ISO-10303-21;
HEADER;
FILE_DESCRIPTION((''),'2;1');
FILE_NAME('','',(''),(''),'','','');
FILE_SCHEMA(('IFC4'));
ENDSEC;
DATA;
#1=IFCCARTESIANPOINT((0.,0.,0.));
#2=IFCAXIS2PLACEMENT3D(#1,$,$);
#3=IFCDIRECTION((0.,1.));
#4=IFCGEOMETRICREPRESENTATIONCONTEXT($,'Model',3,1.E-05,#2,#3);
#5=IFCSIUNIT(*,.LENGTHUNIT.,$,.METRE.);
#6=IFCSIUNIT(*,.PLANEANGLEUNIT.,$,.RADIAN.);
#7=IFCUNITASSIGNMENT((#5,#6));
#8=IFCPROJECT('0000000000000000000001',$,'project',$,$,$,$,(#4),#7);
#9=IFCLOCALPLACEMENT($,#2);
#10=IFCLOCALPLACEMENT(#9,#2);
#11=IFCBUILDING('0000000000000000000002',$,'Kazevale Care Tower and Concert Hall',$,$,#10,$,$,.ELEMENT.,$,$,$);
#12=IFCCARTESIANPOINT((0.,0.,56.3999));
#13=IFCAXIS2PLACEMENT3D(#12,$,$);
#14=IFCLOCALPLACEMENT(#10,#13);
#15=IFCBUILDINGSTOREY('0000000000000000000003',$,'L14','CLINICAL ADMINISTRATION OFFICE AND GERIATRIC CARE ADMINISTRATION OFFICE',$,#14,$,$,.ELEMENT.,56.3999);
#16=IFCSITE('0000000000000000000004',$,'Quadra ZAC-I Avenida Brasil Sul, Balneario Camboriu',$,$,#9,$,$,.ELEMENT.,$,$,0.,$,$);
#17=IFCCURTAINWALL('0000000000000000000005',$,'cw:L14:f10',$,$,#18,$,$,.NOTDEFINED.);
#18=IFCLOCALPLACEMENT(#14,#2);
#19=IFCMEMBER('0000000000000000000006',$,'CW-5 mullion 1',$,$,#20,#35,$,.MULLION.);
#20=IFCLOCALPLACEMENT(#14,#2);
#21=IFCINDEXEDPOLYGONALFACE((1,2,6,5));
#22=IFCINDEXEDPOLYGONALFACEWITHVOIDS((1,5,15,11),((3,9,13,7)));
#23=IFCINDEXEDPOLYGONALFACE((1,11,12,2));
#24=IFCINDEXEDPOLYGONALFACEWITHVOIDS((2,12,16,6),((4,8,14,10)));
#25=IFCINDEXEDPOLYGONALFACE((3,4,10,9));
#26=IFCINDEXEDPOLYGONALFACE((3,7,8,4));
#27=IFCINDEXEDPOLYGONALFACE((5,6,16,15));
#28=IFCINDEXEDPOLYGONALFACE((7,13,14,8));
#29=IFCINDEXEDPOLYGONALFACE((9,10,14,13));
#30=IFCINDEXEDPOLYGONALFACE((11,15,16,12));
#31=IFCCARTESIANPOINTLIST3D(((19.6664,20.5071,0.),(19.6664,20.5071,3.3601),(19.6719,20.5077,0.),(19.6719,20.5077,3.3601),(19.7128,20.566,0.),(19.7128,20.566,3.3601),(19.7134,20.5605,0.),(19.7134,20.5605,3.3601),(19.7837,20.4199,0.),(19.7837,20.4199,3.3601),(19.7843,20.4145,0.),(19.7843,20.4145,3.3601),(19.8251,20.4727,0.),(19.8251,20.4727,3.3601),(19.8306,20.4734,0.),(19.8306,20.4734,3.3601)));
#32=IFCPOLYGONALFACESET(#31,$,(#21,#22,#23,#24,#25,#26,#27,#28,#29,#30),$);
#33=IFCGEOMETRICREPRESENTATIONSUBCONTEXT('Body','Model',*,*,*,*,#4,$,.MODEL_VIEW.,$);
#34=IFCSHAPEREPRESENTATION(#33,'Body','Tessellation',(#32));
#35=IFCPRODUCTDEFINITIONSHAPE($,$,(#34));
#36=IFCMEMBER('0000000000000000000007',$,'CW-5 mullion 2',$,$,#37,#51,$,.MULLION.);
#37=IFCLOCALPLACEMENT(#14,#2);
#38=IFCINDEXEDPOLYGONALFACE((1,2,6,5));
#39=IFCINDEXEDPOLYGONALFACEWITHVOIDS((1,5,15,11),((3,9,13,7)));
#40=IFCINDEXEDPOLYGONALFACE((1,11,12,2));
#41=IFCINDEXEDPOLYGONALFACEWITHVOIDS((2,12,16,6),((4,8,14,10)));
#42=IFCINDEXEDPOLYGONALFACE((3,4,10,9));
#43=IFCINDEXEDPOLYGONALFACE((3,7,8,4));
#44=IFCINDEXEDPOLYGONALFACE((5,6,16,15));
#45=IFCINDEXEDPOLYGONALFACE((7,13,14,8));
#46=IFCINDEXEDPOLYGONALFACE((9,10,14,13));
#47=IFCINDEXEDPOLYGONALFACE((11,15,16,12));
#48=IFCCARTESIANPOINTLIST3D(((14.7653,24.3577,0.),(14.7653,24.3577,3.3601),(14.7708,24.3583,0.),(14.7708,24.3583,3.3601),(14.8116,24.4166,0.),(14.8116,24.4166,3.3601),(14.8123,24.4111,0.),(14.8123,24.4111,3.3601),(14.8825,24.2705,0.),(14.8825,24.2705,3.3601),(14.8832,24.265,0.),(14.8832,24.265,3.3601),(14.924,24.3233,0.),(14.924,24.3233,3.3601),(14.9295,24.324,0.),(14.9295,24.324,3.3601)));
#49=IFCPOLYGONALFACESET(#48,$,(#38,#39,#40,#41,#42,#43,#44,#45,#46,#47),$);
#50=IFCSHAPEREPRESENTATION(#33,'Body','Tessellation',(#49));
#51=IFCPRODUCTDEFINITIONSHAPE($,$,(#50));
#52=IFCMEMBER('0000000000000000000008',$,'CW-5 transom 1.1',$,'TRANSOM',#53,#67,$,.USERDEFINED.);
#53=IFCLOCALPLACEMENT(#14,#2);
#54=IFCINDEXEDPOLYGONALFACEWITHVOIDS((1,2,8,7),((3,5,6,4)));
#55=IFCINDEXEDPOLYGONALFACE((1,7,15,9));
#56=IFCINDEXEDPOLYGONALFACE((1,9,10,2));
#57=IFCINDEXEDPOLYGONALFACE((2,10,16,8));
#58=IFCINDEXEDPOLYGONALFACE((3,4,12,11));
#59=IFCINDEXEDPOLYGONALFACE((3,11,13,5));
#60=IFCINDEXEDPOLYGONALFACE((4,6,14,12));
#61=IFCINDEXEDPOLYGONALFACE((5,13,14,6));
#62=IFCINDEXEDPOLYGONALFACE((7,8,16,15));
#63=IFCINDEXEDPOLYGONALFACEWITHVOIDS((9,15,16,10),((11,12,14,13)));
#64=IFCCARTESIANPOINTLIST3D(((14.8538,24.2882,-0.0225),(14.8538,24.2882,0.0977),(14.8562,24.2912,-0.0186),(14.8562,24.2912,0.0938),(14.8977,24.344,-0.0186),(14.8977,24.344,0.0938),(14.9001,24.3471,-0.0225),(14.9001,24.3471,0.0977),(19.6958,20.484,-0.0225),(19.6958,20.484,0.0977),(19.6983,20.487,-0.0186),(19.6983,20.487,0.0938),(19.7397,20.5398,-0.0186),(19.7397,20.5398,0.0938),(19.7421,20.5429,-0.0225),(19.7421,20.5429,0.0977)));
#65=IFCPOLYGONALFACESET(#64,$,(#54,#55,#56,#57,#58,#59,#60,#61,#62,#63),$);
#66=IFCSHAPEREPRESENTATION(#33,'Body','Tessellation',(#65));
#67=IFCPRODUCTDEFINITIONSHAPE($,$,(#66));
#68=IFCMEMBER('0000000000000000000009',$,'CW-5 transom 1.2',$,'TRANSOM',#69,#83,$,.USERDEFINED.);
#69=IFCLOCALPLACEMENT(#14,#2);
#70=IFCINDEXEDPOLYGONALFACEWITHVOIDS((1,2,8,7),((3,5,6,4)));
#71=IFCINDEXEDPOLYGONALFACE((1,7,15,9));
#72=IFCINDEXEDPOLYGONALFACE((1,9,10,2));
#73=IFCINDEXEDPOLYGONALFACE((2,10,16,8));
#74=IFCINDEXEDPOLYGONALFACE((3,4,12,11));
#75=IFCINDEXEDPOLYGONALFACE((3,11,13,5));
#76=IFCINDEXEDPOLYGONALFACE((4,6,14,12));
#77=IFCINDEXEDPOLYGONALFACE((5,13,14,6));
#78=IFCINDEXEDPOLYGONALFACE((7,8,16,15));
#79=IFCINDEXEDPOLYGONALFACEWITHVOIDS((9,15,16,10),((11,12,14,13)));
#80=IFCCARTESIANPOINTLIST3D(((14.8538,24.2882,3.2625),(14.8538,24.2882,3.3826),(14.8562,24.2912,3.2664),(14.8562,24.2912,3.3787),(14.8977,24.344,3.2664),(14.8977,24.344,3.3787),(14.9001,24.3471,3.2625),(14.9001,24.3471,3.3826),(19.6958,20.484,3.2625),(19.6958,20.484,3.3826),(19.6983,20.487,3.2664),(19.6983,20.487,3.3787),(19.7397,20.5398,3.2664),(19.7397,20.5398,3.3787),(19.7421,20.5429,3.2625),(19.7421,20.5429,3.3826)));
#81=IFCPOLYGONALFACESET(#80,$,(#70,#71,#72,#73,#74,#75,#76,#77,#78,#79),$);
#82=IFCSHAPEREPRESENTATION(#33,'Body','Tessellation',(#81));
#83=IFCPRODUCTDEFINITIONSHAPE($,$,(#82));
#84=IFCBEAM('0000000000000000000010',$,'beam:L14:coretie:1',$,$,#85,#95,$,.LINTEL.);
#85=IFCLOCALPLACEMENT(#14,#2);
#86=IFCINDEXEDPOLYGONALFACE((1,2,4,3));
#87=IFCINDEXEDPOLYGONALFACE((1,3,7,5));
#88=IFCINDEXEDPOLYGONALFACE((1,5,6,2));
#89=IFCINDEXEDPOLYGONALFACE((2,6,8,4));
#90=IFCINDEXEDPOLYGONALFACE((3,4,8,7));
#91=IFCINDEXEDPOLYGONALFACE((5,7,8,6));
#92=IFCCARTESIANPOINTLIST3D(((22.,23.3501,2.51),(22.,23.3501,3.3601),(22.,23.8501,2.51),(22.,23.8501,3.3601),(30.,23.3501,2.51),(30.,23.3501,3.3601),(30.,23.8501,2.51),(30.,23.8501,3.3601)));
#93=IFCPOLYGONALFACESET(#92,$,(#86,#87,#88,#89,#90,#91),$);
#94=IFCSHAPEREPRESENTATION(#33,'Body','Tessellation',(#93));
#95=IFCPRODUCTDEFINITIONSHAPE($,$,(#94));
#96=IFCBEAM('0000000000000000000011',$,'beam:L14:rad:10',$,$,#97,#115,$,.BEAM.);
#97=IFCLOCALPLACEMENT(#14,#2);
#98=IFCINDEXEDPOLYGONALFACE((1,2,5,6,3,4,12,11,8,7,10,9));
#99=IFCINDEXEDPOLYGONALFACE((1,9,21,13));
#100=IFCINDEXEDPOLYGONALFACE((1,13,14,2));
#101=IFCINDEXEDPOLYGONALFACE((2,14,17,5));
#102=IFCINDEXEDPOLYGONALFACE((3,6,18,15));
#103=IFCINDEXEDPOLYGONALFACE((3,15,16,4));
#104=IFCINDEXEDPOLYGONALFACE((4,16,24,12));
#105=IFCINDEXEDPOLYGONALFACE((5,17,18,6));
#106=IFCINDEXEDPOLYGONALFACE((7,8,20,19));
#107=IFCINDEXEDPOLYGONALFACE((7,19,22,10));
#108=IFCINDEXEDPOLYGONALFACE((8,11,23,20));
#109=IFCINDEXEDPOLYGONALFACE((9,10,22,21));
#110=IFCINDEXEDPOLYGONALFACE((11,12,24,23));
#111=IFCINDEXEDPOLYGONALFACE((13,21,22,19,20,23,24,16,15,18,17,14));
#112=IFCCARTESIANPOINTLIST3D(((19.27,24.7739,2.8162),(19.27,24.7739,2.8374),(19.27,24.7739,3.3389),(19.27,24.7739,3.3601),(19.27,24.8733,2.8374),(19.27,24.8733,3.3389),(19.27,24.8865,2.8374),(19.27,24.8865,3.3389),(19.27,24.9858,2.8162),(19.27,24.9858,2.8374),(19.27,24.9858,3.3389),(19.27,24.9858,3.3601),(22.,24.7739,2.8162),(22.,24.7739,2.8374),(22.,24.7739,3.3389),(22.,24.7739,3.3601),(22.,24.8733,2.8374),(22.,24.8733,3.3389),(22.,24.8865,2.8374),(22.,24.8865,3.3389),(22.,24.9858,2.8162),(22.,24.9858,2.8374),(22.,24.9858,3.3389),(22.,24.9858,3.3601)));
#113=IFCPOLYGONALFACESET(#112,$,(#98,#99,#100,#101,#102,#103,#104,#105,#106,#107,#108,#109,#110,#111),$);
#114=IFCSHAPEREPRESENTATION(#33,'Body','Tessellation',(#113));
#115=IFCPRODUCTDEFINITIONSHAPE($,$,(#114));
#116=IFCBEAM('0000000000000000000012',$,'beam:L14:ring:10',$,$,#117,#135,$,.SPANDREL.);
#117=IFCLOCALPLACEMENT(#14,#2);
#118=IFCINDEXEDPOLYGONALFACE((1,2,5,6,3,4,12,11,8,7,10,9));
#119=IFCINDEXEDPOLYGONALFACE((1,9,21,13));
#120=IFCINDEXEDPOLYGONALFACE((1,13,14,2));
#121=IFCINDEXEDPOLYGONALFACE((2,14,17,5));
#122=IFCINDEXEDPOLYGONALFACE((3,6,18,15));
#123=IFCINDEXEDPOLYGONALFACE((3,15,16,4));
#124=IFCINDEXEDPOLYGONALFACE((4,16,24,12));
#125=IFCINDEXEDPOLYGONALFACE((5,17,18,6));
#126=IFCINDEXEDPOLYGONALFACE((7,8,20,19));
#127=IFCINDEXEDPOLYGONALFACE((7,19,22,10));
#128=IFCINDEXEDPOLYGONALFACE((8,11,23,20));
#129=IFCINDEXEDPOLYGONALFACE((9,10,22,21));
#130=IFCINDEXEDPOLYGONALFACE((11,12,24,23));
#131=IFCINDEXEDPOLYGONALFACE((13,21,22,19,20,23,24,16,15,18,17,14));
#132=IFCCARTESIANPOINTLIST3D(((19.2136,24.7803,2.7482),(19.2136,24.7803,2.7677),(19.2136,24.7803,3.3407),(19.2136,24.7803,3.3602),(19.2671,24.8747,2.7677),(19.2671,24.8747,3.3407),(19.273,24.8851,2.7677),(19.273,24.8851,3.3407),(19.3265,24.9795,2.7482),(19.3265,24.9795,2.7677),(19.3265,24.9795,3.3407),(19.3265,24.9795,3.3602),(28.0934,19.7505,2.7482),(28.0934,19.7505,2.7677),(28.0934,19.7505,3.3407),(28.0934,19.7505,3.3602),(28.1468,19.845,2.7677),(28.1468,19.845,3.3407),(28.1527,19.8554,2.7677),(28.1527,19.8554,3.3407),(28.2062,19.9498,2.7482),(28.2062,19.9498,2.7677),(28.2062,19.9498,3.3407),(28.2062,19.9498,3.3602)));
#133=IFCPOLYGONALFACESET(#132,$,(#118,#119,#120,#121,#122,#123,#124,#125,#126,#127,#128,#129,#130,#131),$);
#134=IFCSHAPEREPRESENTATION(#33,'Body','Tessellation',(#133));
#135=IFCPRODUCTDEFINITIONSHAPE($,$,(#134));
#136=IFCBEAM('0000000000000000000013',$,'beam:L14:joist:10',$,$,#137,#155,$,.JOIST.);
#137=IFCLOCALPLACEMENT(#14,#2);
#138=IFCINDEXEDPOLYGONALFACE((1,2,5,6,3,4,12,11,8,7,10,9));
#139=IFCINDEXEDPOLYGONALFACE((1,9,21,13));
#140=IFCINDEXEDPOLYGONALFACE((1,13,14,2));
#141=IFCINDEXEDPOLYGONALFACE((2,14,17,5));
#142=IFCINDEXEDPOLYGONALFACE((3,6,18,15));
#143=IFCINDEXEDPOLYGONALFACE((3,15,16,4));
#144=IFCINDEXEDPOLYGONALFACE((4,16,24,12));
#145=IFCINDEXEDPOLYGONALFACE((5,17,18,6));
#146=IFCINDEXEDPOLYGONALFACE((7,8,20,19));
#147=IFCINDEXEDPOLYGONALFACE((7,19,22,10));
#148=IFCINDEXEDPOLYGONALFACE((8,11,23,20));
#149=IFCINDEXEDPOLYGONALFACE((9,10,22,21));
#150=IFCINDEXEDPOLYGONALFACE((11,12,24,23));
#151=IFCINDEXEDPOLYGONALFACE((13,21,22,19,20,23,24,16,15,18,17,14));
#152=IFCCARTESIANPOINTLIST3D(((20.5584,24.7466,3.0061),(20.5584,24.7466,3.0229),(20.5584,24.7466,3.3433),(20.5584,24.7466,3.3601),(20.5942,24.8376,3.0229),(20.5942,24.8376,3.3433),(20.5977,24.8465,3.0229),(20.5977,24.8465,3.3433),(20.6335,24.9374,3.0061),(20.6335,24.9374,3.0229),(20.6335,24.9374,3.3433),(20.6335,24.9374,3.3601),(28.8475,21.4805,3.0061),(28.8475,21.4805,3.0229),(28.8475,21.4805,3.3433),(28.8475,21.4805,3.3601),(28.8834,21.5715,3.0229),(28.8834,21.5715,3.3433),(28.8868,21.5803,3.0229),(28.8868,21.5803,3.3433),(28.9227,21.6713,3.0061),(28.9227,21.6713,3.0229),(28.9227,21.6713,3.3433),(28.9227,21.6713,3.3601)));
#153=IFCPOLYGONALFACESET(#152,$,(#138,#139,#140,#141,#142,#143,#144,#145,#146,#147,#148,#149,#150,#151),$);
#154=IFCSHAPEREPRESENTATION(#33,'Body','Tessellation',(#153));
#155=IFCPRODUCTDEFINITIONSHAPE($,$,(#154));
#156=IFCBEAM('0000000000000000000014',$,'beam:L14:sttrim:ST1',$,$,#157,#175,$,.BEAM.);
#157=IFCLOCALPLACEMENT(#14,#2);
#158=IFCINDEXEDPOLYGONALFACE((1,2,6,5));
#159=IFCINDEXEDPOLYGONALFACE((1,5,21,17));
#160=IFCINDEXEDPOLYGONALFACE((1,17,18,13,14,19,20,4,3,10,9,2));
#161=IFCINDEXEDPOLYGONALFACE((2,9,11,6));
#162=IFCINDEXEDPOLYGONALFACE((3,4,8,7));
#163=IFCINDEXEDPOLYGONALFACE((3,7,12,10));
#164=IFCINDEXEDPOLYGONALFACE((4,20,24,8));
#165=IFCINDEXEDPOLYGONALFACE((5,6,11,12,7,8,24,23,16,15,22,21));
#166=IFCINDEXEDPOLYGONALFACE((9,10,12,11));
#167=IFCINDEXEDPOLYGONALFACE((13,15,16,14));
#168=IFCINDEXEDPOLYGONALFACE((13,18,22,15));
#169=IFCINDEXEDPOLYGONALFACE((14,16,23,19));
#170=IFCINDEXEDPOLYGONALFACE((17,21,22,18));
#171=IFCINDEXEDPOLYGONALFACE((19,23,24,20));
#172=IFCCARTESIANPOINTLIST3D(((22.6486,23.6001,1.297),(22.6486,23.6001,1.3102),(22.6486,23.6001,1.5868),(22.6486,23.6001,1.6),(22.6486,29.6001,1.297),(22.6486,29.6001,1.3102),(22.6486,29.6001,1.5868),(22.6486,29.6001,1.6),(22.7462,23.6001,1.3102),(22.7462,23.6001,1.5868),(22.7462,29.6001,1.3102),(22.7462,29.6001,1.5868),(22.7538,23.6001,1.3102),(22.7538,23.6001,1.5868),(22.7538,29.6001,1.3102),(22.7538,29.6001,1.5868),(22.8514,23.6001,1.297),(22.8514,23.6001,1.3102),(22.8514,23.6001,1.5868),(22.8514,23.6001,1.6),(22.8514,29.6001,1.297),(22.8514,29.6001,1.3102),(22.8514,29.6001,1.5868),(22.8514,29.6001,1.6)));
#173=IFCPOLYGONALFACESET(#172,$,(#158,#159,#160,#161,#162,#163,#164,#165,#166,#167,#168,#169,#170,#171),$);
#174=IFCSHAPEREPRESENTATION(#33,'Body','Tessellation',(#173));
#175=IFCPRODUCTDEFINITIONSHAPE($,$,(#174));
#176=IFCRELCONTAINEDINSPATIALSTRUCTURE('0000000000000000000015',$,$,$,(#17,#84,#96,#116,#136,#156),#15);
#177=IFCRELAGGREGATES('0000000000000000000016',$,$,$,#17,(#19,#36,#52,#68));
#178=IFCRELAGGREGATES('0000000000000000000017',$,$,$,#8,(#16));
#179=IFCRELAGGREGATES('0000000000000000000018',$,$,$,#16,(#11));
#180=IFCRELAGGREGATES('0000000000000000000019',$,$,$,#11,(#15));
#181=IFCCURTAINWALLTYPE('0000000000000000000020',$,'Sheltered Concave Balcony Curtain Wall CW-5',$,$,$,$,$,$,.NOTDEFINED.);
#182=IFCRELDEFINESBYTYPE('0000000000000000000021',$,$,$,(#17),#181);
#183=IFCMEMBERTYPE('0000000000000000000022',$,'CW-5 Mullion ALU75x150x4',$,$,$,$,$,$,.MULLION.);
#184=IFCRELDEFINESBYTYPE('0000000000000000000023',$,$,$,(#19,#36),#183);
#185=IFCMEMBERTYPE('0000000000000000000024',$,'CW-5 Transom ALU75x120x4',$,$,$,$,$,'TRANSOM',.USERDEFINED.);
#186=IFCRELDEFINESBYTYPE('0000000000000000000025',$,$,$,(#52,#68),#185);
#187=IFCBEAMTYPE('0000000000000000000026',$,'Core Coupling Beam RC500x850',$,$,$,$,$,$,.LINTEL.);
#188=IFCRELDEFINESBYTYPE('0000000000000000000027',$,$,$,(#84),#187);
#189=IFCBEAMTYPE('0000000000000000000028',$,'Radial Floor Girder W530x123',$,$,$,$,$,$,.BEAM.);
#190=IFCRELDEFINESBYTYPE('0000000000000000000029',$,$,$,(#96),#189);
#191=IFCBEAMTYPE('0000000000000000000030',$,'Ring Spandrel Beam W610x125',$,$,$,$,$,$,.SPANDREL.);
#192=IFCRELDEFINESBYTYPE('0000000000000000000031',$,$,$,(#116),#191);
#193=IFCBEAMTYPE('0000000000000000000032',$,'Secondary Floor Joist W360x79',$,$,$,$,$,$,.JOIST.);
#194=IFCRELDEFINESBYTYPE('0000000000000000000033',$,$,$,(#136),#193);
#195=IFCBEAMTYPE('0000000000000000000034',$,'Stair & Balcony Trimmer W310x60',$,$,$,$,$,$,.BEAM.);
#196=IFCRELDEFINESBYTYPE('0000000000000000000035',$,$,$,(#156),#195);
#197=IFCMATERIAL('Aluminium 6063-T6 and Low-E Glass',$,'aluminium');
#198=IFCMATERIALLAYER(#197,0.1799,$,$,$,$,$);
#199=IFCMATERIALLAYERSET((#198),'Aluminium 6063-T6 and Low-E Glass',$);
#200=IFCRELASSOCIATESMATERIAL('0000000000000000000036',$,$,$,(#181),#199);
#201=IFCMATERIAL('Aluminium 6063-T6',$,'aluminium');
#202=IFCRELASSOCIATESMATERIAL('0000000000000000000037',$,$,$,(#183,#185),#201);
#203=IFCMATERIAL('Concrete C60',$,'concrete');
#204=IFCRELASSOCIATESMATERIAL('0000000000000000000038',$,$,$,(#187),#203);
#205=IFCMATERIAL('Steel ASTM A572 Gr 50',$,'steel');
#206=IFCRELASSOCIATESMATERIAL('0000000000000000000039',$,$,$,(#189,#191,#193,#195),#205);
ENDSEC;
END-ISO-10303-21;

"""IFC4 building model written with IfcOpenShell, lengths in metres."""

from ifc_helpers import new_model, si_unit, direction, frame, origin, origin_2d, place, context, subcontext, project, spatial, rectangle, hollow_rectangle, i_section, extrude, material, layer, layer_set, material_profile, profile_set, type_object, element, aggregate, save


model = new_model("IFC4")

# Units and contexts
model_context = context("Model", 3, precision=1e-05, world=origin(), true_north=direction((0.0, 1.0)))
body_context = subcontext(model_context, "Body", "Model", "MODEL_VIEW")
ifc_project = project(units=[si_unit("LENGTHUNIT", "METRE"), si_unit("PLANEANGLEUNIT", "RADIAN")], contexts=[model_context])

# Site, building, storey
site_placement = place(None, origin())
site = spatial("IfcSite", under=ifc_project, at=site_placement, Name="Quadra ZAC-I Avenida Brasil Sul, Balneario Camboriu", CompositionType="ELEMENT", RefElevation=0.0)
building_placement = place(site_placement, origin())
building = spatial("IfcBuilding", under=site, at=building_placement, Name="Kazevale Care Tower and Concert Hall", CompositionType="ELEMENT")
storey_placement = place(building_placement, frame((0.0, 0.0, 56.3999)))
storey = spatial("IfcBuildingStorey", under=building, at=storey_placement, Name="L14", Description="CLINICAL ADMINISTRATION OFFICE AND GERIATRIC CARE ADMINISTRATION OFFICE", CompositionType="ELEMENT", Elevation=56.3999)

# Shared definitions
ifc_material_1 = material(Name="Aluminium 6063-T6 and Low-E Glass", Category="aluminium")
ifc_material_2 = material(Name="Aluminium 6063-T6", Category="aluminium")

# Shared definitions
ifc_layer_1 = layer(ifc_material_1, 0.1799)
ifc_layer_set_1 = layer_set([ifc_layer_1], Name="Aluminium 6063-T6 and Low-E Glass")
curtain_wall_type_1 = type_object("IfcCurtainWallType", Name="Sheltered Concave Balcony Curtain Wall CW-5", PredefinedType="NOTDEFINED", material=ifc_layer_set_1)
ifc_material_profile_1 = material_profile(ifc_material_2, hollow_rectangle(XDim=0.075, YDim=0.1499, WallThickness=0.0039, at=origin_2d()), Name="ALU75x150x4")
ifc_profile_set_1 = profile_set([ifc_material_profile_1], Name="Aluminium 6063-T6")
member_type_1 = type_object("IfcMemberType", Name="CW-5 Mullion ALU75x150x4", PredefinedType="MULLION", material=ifc_profile_set_1)

# Curtain wall, members
curtain_wall_1_placement = place(storey_placement, origin())
curtain_wall_1 = element("IfcCurtainWall", 1, at=curtain_wall_1_placement, inside=storey, type_object=curtain_wall_type_1, Name="cw:L14:f10", PredefinedType="NOTDEFINED")
member_1_placement = place(storey_placement, frame((19.7485, 20.4902, 0.0), z_axis=(0.0, 0.0, 1.0), x_axis=(-0.617808, -0.786329, 0.0)))
member_1 = element("IfcMember", 2, at=member_1_placement, type_object=member_type_1, Name="CW-5 mullion 1", PredefinedType="MULLION", context=body_context, shape_type="SweptSolid", body=[
    extrude(hollow_rectangle(XDim=0.075, YDim=0.1499, WallThickness=0.0039, at=origin_2d()), origin(), (0.0, 0.0, 1.0), 3.3601),
])
member_2_placement = place(storey_placement, frame((14.8474, 24.3408, 0.0), z_axis=(0.0, 0.0, 1.0), x_axis=(-0.617808, -0.786329, 0.0)))
member_2 = element("IfcMember", 3, at=member_2_placement, type_object=member_type_1, Name="CW-5 mullion 2", PredefinedType="MULLION", context=body_context, shape_type="SweptSolid", body=[
    extrude(hollow_rectangle(XDim=0.075, YDim=0.1499, WallThickness=0.0039, at=origin_2d()), origin(), (0.0, 0.0, 1.0), 3.3601),
])
ifc_material_profile_2 = material_profile(ifc_material_2, hollow_rectangle(XDim=0.075, YDim=0.1201, WallThickness=0.0039, at=origin_2d()), Name="ALU75x120x4")
ifc_profile_set_2 = profile_set([ifc_material_profile_2], Name="Aluminium 6063-T6")
member_type_2 = type_object("IfcMemberType", Name="CW-5 Transom ALU75x120x4", ElementType="TRANSOM", PredefinedType="USERDEFINED", material=ifc_profile_set_2)
member_3_placement = place(storey_placement, frame((19.719, 20.5134, 0.0376), z_axis=(-0.786339, 0.617795, 0.0), x_axis=(-0.617795, -0.786339, 0.0)))
member_3 = element("IfcMember", 4, at=member_3_placement, type_object=member_type_2, Name="CW-5 transom 1.1", ObjectType="TRANSOM", PredefinedType="USERDEFINED", context=body_context, shape_type="SweptSolid", body=[
    extrude(hollow_rectangle(XDim=0.075, YDim=0.1201, WallThickness=0.0039, at=origin_2d()), origin(), (0.0, 0.0, 1.0), 6.1577),
])
member_4_placement = place(storey_placement, frame((19.719, 20.5134, 3.3225), z_axis=(-0.786339, 0.617795, 0.0), x_axis=(-0.617795, -0.786339, 0.0)))
member_4 = element("IfcMember", 5, at=member_4_placement, type_object=member_type_2, Name="CW-5 transom 1.2", ObjectType="TRANSOM", PredefinedType="USERDEFINED", context=body_context, shape_type="SweptSolid", body=[
    extrude(hollow_rectangle(XDim=0.075, YDim=0.1201, WallThickness=0.0039, at=origin_2d()), origin(), (0.0, 0.0, 1.0), 6.1577),
])

# Beams
ifc_material_3 = material(Name="Concrete C60", Category="concrete")
ifc_material_profile_3 = material_profile(ifc_material_3, rectangle(XDim=0.5, YDim=0.8501, at=origin_2d()), Name="RC-B500x850")
ifc_profile_set_3 = profile_set([ifc_material_profile_3], Name="Concrete C60")
beam_type_1 = type_object("IfcBeamType", Name="Core Coupling Beam RC500x850", PredefinedType="LINTEL", material=ifc_profile_set_3)
beam_1_placement = place(storey_placement, frame((22.0, 23.6001, 2.9351), z_axis=(1.0, 0.0, 0.0), x_axis=(0.0, 1.0, 0.0)))
element("IfcBeam", 6, at=beam_1_placement, inside=storey, type_object=beam_type_1, Name="beam:L14:coretie:1", PredefinedType="LINTEL", context=body_context, shape_type="SweptSolid", body=[
    extrude(rectangle(XDim=0.5, YDim=0.8501, at=origin_2d()), origin(), (0.0, 0.0, 1.0), 8.0),
])
ifc_material_4 = material(Name="Steel ASTM A572 Gr 50", Category="steel")
ifc_material_profile_4 = material_profile(ifc_material_4, i_section(OverallWidth=0.2119, OverallDepth=0.5439, WebThickness=0.0132, FlangeThickness=0.0212, at=origin_2d()), Name="W530x123")
ifc_profile_set_4 = profile_set([ifc_material_profile_4], Name="Steel ASTM A572 Gr 50")
beam_type_2 = type_object("IfcBeamType", Name="Radial Floor Girder W530x123", PredefinedType="BEAM", material=ifc_profile_set_4)
beam_2_placement = place(storey_placement, frame((22.0, 24.8799, 3.0881), z_axis=(-1.0, 0.0, 0.0), x_axis=(0.0, -1.0, 0.0)))
element("IfcBeam", 7, at=beam_2_placement, inside=storey, type_object=beam_type_2, Name="beam:L14:rad:10", PredefinedType="BEAM", context=body_context, shape_type="SweptSolid", body=[
    extrude(i_section(OverallWidth=0.2119, OverallDepth=0.5439, WebThickness=0.0132, FlangeThickness=0.0212, at=origin_2d()), origin(), (0.0, 0.0, 1.0), 2.73),
])
ifc_material_profile_5 = material_profile(ifc_material_4, i_section(OverallWidth=0.229, OverallDepth=0.6121, WebThickness=0.012, FlangeThickness=0.0195, at=origin_2d()), Name="W610x125")
ifc_profile_set_5 = profile_set([ifc_material_profile_5], Name="Steel ASTM A572 Gr 50")
beam_type_3 = type_object("IfcBeamType", Name="Ring Spandrel Beam W610x125", PredefinedType="SPANDREL", material=ifc_profile_set_5)
beam_3_placement = place(storey_placement, frame((19.27, 24.8799, 3.0542), z_axis=(0.870112, -0.492853, 0.0), x_axis=(0.492853, 0.870112, 0.0)))
element("IfcBeam", 8, at=beam_3_placement, inside=storey, type_object=beam_type_3, Name="beam:L14:ring:10", PredefinedType="SPANDREL", context=body_context, shape_type="SweptSolid", body=[
    extrude(i_section(OverallWidth=0.229, OverallDepth=0.6121, WebThickness=0.012, FlangeThickness=0.0195, at=origin_2d()), origin(), (0.0, 0.0, 1.0), 10.2053),
])
ifc_material_profile_6 = material_profile(ifc_material_4, i_section(OverallWidth=0.2051, OverallDepth=0.354, WebThickness=0.0095, FlangeThickness=0.0168, at=origin_2d()), Name="W360x79")
ifc_profile_set_6 = profile_set([ifc_material_profile_6], Name="Steel ASTM A572 Gr 50")
beam_type_4 = type_object("IfcBeamType", Name="Secondary Floor Joist W360x79", PredefinedType="JOIST", material=ifc_profile_set_6)
beam_4_placement = place(storey_placement, frame((20.5959, 24.842, 3.1831), z_axis=(0.930381, -0.366595, 0.0), x_axis=(0.366595, 0.930381, 0.0)))
element("IfcBeam", 9, at=beam_4_placement, inside=storey, type_object=beam_type_4, Name="beam:L14:joist:10", PredefinedType="JOIST", context=body_context, shape_type="SweptSolid", body=[
    extrude(i_section(OverallWidth=0.2051, OverallDepth=0.354, WebThickness=0.0095, FlangeThickness=0.0168, at=origin_2d()), origin(), (0.0, 0.0, 1.0), 8.9094),
])
ifc_material_profile_7 = material_profile(ifc_material_4, i_section(OverallWidth=0.2029, OverallDepth=0.303, WebThickness=0.0076, FlangeThickness=0.0132, at=origin_2d()), Name="W310x60")
ifc_profile_set_7 = profile_set([ifc_material_profile_7], Name="Steel ASTM A572 Gr 50")
beam_type_5 = type_object("IfcBeamType", Name="Stair & Balcony Trimmer W310x60", PredefinedType="BEAM", material=ifc_profile_set_7)
beam_5_placement = place(storey_placement, frame((22.75, 23.6001, 1.4485), z_axis=(0.0, 1.0, 0.0), x_axis=(-1.0, 0.0, 0.0)))
element("IfcBeam", 10, at=beam_5_placement, inside=storey, type_object=beam_type_5, Name="beam:L14:sttrim:ST1", PredefinedType="BEAM", context=body_context, shape_type="SweptSolid", body=[
    extrude(i_section(OverallWidth=0.2029, OverallDepth=0.303, WebThickness=0.0076, FlangeThickness=0.0132, at=origin_2d()), origin(), (0.0, 0.0, 1.0), 6.0),
])

aggregate(curtain_wall_1, [member_1, member_2, member_3, member_4])

save(model, "model.ifc")
